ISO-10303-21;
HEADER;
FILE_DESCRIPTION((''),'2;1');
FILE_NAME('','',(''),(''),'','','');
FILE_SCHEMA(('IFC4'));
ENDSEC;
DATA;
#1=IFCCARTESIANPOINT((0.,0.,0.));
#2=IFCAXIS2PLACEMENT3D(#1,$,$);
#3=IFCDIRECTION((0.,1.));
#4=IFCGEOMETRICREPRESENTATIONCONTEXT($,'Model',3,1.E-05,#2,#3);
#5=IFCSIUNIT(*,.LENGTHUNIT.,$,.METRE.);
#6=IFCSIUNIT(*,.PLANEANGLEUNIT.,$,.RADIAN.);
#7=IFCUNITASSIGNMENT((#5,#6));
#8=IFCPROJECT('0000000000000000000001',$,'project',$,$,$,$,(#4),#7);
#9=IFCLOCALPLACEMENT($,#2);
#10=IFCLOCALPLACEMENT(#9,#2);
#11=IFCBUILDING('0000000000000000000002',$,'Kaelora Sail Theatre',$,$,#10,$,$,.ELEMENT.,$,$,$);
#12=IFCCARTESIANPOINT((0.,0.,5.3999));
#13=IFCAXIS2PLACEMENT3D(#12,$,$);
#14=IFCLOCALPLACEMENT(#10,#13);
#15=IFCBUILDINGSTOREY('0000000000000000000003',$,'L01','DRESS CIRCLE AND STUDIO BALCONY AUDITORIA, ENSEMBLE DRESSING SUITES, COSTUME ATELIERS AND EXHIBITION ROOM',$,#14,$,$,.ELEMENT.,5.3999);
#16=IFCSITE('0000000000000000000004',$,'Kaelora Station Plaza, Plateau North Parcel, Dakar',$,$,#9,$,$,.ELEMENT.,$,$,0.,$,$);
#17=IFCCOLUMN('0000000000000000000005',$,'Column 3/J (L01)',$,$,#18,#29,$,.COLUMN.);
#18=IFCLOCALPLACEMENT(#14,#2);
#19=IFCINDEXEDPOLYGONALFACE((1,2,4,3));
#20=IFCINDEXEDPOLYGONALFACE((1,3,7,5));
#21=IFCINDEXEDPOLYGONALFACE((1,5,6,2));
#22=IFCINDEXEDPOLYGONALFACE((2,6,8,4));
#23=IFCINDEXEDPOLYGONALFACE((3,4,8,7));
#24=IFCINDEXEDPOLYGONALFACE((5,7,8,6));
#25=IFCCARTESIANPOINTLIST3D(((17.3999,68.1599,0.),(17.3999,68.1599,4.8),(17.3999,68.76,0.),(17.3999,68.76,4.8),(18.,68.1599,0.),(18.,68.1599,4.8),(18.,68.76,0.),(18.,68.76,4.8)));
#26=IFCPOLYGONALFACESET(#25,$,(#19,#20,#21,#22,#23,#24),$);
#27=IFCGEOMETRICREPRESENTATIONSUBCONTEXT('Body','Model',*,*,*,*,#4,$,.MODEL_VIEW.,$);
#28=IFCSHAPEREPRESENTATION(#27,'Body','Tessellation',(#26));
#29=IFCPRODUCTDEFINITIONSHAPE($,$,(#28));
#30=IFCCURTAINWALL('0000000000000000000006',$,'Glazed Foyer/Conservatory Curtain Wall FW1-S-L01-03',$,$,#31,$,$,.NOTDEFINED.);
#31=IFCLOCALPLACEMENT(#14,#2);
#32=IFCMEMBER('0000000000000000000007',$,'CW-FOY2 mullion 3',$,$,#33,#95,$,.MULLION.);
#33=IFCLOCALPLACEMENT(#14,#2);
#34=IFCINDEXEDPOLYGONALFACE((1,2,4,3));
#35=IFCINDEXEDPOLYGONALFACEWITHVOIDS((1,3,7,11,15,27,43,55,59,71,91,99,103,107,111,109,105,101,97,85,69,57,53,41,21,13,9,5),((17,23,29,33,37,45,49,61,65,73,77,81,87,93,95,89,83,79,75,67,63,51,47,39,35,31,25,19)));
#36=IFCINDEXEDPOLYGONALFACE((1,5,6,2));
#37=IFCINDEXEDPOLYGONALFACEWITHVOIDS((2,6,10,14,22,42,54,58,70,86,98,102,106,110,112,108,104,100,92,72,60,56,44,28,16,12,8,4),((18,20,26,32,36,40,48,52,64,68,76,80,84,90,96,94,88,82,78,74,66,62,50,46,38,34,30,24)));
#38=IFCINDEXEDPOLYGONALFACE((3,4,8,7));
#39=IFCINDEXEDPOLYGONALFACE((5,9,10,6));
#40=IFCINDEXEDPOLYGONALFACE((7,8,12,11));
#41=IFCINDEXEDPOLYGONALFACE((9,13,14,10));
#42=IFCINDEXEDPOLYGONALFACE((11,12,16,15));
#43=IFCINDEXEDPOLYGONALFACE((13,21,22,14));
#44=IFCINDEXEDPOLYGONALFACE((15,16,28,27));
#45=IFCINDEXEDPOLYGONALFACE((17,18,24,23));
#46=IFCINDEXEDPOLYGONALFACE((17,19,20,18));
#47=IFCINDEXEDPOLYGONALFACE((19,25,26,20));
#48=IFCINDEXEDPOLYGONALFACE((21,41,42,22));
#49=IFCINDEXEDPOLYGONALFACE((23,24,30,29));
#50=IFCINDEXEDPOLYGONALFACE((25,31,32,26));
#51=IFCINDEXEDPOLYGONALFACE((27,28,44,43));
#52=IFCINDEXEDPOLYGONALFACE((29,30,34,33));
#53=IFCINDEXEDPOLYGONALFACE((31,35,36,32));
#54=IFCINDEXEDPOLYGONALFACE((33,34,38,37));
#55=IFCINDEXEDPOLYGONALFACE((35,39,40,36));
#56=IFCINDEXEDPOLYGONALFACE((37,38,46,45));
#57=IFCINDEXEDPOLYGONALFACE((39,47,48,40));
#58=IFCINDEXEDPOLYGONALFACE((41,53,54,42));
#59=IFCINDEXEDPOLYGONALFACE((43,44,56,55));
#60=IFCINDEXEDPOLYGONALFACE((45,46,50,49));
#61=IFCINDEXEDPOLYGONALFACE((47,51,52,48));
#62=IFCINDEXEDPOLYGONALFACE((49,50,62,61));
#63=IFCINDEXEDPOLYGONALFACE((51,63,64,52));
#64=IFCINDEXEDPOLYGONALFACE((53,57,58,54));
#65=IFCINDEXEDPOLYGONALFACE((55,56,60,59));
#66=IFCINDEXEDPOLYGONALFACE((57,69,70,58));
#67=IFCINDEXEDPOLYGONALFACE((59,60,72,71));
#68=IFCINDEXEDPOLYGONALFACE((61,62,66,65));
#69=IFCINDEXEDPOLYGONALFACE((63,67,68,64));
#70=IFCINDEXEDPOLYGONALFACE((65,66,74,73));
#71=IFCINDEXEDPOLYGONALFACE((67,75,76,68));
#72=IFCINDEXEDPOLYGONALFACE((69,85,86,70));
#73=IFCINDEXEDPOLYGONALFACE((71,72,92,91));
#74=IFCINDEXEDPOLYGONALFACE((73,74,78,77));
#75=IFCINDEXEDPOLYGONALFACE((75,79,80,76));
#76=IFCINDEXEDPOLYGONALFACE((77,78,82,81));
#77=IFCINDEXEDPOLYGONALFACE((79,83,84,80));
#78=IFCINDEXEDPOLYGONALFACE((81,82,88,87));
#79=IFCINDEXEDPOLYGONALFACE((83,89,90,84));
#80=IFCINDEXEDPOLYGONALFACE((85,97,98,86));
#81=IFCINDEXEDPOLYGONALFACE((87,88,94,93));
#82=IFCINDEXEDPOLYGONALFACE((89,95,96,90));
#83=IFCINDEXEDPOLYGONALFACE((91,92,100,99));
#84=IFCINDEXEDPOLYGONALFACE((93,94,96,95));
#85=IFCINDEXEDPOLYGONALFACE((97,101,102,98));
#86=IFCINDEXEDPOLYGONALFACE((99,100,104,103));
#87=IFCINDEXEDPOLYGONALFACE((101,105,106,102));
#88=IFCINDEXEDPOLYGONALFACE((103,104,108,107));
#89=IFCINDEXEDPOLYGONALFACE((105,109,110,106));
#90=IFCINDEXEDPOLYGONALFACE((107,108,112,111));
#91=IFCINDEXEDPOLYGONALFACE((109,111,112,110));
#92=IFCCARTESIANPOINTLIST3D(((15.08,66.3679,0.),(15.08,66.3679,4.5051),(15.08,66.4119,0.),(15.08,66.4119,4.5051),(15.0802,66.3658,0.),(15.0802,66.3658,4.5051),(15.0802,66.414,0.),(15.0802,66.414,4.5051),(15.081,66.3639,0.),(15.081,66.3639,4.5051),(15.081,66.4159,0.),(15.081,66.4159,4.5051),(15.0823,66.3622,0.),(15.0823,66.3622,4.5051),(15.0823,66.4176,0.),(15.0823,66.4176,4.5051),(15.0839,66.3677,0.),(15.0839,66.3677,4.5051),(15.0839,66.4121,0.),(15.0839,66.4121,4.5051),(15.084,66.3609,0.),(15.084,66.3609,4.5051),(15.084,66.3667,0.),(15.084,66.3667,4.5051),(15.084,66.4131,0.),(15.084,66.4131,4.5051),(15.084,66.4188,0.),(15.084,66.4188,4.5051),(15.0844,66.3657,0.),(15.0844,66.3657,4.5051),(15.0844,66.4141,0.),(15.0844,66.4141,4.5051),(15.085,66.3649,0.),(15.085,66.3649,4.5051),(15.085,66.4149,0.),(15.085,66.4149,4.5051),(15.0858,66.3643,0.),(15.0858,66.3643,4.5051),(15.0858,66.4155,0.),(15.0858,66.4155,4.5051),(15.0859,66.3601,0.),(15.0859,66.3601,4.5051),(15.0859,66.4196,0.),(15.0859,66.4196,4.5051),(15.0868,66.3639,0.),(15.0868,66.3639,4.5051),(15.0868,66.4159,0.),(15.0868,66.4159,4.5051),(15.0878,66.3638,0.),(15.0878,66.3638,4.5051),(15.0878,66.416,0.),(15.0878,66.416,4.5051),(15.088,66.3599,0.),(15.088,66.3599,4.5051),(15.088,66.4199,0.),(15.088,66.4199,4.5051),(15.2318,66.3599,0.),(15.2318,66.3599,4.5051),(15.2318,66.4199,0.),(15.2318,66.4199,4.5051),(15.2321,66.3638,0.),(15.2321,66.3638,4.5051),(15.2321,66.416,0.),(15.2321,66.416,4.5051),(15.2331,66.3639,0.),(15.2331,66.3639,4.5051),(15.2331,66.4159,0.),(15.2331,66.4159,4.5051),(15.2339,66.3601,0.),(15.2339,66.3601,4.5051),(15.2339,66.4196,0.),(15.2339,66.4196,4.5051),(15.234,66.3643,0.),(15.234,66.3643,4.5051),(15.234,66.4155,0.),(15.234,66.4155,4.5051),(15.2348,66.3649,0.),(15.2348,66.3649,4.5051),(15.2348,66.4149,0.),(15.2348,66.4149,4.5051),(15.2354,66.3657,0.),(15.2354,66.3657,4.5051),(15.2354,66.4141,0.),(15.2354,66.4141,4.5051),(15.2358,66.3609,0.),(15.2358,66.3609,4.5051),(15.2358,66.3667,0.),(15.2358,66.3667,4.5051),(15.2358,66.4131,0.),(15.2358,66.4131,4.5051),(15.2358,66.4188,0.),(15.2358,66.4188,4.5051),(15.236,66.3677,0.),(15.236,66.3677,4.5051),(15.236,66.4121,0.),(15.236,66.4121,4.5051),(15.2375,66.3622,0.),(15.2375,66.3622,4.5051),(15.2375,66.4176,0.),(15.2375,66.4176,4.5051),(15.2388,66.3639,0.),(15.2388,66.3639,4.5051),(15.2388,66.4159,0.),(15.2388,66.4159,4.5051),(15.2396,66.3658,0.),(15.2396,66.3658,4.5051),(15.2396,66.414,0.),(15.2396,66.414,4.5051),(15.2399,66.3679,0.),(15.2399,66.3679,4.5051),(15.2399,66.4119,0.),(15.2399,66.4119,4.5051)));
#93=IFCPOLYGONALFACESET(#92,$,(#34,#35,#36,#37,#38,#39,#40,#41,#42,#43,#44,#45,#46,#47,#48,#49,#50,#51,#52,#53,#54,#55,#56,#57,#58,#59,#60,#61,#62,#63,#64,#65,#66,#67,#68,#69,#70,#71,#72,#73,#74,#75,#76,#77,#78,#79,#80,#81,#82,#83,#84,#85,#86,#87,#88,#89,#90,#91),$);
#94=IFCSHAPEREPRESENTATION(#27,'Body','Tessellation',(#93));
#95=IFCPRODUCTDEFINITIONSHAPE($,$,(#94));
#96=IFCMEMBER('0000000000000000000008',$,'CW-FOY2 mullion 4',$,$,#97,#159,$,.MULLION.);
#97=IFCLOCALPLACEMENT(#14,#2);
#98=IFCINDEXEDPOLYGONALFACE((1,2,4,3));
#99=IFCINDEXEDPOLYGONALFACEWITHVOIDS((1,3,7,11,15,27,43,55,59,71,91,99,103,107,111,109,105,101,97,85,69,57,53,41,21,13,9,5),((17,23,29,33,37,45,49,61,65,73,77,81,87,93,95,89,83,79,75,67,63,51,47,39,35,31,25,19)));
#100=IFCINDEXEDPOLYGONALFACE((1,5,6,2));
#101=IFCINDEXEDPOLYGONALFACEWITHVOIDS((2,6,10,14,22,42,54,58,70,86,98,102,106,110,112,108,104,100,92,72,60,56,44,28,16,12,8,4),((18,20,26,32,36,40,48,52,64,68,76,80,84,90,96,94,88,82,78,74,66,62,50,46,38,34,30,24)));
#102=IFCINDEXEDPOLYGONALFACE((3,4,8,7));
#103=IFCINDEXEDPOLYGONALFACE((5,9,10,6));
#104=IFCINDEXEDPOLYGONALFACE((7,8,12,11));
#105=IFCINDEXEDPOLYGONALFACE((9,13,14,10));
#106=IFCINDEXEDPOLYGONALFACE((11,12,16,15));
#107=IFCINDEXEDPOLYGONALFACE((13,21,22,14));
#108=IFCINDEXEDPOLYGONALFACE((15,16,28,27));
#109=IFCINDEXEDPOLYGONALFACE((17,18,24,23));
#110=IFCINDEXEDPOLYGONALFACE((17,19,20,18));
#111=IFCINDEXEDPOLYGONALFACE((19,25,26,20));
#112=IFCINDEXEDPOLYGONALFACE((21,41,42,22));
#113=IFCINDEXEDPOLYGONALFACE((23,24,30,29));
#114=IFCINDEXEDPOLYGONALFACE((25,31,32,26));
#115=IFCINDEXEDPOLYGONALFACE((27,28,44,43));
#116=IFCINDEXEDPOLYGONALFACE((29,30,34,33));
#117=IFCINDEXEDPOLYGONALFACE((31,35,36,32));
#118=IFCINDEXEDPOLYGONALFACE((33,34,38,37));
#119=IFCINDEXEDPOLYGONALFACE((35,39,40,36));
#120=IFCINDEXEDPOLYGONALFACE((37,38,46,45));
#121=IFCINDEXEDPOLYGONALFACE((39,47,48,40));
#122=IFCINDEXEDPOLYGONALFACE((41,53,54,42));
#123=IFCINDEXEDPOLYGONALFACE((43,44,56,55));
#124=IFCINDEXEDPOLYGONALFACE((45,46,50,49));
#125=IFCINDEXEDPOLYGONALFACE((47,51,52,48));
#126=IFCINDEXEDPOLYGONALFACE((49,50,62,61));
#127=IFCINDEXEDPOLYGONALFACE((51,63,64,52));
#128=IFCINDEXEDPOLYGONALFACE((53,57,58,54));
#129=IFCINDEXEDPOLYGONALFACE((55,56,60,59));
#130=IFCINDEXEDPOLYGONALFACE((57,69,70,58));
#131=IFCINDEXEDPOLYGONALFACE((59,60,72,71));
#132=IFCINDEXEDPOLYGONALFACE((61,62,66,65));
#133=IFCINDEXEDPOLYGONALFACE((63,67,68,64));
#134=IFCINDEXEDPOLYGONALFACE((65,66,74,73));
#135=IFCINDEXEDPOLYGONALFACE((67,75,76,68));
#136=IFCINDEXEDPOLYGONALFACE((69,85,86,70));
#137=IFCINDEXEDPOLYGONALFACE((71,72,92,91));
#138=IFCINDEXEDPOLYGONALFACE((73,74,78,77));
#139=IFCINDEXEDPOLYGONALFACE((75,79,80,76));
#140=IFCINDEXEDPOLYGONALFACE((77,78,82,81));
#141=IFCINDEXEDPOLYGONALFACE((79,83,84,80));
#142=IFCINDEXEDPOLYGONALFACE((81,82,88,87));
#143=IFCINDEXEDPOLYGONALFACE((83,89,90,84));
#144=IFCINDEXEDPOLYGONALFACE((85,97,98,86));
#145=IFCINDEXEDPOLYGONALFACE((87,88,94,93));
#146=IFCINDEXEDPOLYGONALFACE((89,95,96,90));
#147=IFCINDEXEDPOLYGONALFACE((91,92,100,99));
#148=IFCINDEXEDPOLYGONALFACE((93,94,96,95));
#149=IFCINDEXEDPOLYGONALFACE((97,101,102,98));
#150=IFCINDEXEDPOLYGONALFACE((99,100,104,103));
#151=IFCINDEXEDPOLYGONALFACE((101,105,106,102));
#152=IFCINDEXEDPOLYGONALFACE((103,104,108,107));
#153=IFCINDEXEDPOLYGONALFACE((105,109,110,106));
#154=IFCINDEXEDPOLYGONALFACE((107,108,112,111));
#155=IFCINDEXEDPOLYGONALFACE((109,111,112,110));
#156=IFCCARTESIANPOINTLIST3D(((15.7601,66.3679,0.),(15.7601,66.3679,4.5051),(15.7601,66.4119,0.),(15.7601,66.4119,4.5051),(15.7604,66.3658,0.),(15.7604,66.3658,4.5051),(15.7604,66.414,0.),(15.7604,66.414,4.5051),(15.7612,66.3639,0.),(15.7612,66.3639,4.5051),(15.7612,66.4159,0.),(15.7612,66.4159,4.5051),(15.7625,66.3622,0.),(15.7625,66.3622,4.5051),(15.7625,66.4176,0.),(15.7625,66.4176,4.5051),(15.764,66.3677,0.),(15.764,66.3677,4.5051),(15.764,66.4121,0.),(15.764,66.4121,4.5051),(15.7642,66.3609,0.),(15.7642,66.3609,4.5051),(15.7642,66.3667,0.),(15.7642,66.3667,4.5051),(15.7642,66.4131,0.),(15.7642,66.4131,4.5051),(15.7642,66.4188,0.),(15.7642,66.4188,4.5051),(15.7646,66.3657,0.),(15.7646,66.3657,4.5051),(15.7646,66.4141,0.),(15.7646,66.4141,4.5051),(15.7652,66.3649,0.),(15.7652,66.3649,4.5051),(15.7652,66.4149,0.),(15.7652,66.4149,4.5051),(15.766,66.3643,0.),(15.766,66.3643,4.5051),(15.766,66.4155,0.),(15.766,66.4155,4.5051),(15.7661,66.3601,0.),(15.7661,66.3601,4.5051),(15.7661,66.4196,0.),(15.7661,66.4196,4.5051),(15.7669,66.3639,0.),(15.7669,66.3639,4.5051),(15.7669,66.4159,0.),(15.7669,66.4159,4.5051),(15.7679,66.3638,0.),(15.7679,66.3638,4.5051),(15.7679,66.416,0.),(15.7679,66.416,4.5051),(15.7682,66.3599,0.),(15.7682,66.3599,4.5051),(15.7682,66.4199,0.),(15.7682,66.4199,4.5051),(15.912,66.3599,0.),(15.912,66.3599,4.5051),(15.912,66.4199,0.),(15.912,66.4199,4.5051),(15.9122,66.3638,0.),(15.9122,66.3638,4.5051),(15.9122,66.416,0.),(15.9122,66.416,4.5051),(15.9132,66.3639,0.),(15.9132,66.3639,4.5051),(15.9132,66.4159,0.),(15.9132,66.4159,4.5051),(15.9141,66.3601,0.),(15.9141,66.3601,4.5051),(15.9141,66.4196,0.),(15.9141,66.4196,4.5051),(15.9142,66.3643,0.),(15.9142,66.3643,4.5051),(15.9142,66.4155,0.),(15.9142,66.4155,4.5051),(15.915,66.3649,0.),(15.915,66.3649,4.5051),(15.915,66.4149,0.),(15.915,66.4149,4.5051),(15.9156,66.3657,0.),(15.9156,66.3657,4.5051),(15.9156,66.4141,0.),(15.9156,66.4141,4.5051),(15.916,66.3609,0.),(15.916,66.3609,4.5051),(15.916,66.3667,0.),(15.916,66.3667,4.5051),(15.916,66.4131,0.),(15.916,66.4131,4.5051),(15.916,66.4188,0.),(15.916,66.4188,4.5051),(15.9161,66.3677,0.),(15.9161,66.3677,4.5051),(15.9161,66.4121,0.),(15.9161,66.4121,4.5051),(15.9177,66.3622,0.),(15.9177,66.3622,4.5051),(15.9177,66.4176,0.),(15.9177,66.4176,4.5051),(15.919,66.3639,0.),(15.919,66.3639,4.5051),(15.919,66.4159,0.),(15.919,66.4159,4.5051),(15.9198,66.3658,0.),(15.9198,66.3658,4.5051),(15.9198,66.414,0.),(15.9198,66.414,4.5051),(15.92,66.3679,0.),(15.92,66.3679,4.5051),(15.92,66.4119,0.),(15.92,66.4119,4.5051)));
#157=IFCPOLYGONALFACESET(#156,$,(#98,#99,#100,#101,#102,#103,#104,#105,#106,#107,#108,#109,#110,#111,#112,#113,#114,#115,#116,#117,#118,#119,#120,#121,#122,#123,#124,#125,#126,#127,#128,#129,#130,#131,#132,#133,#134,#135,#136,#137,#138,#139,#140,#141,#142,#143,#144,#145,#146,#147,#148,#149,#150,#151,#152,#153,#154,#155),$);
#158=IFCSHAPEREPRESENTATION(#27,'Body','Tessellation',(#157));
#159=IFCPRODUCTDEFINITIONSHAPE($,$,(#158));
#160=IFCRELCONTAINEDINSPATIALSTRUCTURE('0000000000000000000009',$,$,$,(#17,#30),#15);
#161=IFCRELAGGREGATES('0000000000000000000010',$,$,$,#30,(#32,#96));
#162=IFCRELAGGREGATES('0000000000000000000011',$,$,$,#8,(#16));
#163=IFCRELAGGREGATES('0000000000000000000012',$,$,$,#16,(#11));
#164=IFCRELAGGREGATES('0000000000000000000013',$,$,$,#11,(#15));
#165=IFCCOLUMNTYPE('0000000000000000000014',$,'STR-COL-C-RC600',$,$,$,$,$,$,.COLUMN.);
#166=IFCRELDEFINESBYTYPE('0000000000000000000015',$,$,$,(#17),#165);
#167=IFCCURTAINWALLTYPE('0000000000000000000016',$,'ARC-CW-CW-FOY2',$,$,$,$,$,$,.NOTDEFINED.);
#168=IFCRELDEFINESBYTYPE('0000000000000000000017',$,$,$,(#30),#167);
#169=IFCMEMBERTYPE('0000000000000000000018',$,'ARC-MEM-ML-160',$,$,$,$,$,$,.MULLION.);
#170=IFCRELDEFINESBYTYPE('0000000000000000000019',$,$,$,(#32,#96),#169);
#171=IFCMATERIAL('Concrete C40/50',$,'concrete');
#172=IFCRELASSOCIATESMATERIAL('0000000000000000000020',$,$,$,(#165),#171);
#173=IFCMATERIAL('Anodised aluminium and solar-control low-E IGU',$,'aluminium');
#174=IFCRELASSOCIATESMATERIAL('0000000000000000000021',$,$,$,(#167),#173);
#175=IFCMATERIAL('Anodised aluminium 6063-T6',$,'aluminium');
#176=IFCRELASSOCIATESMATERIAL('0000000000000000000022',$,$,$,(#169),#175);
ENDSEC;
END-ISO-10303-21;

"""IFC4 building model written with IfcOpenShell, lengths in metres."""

from ifc_helpers import new_model, si_unit, direction, frame, origin, origin_2d, place, context, subcontext, project, spatial, rectangle, hollow_rectangle, extrude, material, material_profile, profile_set, type_object, element, aggregate, save


model = new_model("IFC4")

# Units and contexts
model_context = context("Model", 3, precision=1e-05, world=origin(), true_north=direction((0.0, 1.0)))
body_context = subcontext(model_context, "Body", "Model", "MODEL_VIEW")
ifc_project = project(units=[si_unit("LENGTHUNIT", "METRE"), si_unit("PLANEANGLEUNIT", "RADIAN")], contexts=[model_context])

# Site, building, storey
site_placement = place(None, origin())
site = spatial("IfcSite", under=ifc_project, at=site_placement, Name="Kaelora Station Plaza, Plateau North Parcel, Dakar", CompositionType="ELEMENT", RefElevation=0.0)
building_placement = place(site_placement, origin())
building = spatial("IfcBuilding", under=site, at=building_placement, Name="Kaelora Sail Theatre", CompositionType="ELEMENT")
storey_placement = place(building_placement, frame((0.0, 0.0, 5.3999)))
storey = spatial("IfcBuildingStorey", under=building, at=storey_placement, Name="L01", Description="DRESS CIRCLE AND STUDIO BALCONY AUDITORIA, ENSEMBLE DRESSING SUITES, COSTUME ATELIERS AND EXHIBITION ROOM", CompositionType="ELEMENT", Elevation=5.3999)

# Column
ifc_material_1 = material(Name="Concrete C40/50", Category="concrete")
ifc_material_profile_1 = material_profile(ifc_material_1, rectangle(XDim=0.6001, YDim=0.6001, at=origin_2d()), Name="RC-COL 600x600")
ifc_profile_set_1 = profile_set([ifc_material_profile_1], Name="Concrete C40/50")
column_type = type_object("IfcColumnType", Name="STR-COL-C-RC600", PredefinedType="COLUMN", material=ifc_profile_set_1)
column_placement = place(storey_placement, frame((17.7, 68.46, 0.0), z_axis=(0.0, 0.0, 1.0), x_axis=(1.0, 0.0, 0.0)))
element("IfcColumn", 1, at=column_placement, inside=storey, type_object=column_type, Name="Column 3/J (L01)", PredefinedType="COLUMN", context=body_context, shape_type="SweptSolid", body=[
    extrude(rectangle(XDim=0.6001, YDim=0.6001, at=origin_2d()), origin(), (0.0, 0.0, 1.0), 4.8),
])

# Curtain wall, members
ifc_material_2 = material(Name="Anodised aluminium and solar-control low-E IGU", Category="aluminium")
curtain_wall_type = type_object("IfcCurtainWallType", Name="ARC-CW-CW-FOY2", PredefinedType="NOTDEFINED", material=ifc_material_2)
curtain_wall_1_placement = place(storey_placement, origin())
curtain_wall_1 = element("IfcCurtainWall", 2, at=curtain_wall_1_placement, inside=storey, type_object=curtain_wall_type, Name="Glazed Foyer/Conservatory Curtain Wall FW1-S-L01-03", PredefinedType="NOTDEFINED")
ifc_material_3 = material(Name="Anodised aluminium 6063-T6", Category="aluminium")
ifc_material_profile_2 = material_profile(ifc_material_3, hollow_rectangle(XDim=0.0601, YDim=0.1599, WallThickness=0.0039, InnerFilletRadius=0.0039, OuterFilletRadius=0.0081, at=origin_2d()), Name="ALU-MULL 60x160x4")
ifc_profile_set_2 = profile_set([ifc_material_profile_2], Name="Anodised aluminium 6063-T6")
member_type_1 = type_object("IfcMemberType", Name="ARC-MEM-ML-160", PredefinedType="MULLION", material=ifc_profile_set_2)
member_1_placement = place(storey_placement, frame((15.1599, 66.3899, 0.0), z_axis=(0.0, 0.0, 1.0), x_axis=(0.0, 1.0, 0.0)))
member_1 = element("IfcMember", 3, at=member_1_placement, type_object=member_type_1, Name="CW-FOY2 mullion 3", PredefinedType="MULLION", context=body_context, shape_type="SweptSolid", body=[
    extrude(hollow_rectangle(XDim=0.0601, YDim=0.1599, WallThickness=0.0039, InnerFilletRadius=0.0039, OuterFilletRadius=0.0081, at=origin_2d()), origin(), (0.0, 0.0, 1.0), 4.5051),
])
member_2_placement = place(storey_placement, frame((15.8401, 66.3899, 0.0), z_axis=(0.0, 0.0, 1.0), x_axis=(0.0, 1.0, 0.0)))
member_2 = element("IfcMember", 4, at=member_2_placement, type_object=member_type_1, Name="CW-FOY2 mullion 4", PredefinedType="MULLION", context=body_context, shape_type="SweptSolid", body=[
    extrude(hollow_rectangle(XDim=0.0601, YDim=0.1599, WallThickness=0.0039, InnerFilletRadius=0.0039, OuterFilletRadius=0.0081, at=origin_2d()), origin(), (0.0, 0.0, 1.0), 4.5051),
])

aggregate(curtain_wall_1, [member_1, member_2])

save(model, "model.ifc")
